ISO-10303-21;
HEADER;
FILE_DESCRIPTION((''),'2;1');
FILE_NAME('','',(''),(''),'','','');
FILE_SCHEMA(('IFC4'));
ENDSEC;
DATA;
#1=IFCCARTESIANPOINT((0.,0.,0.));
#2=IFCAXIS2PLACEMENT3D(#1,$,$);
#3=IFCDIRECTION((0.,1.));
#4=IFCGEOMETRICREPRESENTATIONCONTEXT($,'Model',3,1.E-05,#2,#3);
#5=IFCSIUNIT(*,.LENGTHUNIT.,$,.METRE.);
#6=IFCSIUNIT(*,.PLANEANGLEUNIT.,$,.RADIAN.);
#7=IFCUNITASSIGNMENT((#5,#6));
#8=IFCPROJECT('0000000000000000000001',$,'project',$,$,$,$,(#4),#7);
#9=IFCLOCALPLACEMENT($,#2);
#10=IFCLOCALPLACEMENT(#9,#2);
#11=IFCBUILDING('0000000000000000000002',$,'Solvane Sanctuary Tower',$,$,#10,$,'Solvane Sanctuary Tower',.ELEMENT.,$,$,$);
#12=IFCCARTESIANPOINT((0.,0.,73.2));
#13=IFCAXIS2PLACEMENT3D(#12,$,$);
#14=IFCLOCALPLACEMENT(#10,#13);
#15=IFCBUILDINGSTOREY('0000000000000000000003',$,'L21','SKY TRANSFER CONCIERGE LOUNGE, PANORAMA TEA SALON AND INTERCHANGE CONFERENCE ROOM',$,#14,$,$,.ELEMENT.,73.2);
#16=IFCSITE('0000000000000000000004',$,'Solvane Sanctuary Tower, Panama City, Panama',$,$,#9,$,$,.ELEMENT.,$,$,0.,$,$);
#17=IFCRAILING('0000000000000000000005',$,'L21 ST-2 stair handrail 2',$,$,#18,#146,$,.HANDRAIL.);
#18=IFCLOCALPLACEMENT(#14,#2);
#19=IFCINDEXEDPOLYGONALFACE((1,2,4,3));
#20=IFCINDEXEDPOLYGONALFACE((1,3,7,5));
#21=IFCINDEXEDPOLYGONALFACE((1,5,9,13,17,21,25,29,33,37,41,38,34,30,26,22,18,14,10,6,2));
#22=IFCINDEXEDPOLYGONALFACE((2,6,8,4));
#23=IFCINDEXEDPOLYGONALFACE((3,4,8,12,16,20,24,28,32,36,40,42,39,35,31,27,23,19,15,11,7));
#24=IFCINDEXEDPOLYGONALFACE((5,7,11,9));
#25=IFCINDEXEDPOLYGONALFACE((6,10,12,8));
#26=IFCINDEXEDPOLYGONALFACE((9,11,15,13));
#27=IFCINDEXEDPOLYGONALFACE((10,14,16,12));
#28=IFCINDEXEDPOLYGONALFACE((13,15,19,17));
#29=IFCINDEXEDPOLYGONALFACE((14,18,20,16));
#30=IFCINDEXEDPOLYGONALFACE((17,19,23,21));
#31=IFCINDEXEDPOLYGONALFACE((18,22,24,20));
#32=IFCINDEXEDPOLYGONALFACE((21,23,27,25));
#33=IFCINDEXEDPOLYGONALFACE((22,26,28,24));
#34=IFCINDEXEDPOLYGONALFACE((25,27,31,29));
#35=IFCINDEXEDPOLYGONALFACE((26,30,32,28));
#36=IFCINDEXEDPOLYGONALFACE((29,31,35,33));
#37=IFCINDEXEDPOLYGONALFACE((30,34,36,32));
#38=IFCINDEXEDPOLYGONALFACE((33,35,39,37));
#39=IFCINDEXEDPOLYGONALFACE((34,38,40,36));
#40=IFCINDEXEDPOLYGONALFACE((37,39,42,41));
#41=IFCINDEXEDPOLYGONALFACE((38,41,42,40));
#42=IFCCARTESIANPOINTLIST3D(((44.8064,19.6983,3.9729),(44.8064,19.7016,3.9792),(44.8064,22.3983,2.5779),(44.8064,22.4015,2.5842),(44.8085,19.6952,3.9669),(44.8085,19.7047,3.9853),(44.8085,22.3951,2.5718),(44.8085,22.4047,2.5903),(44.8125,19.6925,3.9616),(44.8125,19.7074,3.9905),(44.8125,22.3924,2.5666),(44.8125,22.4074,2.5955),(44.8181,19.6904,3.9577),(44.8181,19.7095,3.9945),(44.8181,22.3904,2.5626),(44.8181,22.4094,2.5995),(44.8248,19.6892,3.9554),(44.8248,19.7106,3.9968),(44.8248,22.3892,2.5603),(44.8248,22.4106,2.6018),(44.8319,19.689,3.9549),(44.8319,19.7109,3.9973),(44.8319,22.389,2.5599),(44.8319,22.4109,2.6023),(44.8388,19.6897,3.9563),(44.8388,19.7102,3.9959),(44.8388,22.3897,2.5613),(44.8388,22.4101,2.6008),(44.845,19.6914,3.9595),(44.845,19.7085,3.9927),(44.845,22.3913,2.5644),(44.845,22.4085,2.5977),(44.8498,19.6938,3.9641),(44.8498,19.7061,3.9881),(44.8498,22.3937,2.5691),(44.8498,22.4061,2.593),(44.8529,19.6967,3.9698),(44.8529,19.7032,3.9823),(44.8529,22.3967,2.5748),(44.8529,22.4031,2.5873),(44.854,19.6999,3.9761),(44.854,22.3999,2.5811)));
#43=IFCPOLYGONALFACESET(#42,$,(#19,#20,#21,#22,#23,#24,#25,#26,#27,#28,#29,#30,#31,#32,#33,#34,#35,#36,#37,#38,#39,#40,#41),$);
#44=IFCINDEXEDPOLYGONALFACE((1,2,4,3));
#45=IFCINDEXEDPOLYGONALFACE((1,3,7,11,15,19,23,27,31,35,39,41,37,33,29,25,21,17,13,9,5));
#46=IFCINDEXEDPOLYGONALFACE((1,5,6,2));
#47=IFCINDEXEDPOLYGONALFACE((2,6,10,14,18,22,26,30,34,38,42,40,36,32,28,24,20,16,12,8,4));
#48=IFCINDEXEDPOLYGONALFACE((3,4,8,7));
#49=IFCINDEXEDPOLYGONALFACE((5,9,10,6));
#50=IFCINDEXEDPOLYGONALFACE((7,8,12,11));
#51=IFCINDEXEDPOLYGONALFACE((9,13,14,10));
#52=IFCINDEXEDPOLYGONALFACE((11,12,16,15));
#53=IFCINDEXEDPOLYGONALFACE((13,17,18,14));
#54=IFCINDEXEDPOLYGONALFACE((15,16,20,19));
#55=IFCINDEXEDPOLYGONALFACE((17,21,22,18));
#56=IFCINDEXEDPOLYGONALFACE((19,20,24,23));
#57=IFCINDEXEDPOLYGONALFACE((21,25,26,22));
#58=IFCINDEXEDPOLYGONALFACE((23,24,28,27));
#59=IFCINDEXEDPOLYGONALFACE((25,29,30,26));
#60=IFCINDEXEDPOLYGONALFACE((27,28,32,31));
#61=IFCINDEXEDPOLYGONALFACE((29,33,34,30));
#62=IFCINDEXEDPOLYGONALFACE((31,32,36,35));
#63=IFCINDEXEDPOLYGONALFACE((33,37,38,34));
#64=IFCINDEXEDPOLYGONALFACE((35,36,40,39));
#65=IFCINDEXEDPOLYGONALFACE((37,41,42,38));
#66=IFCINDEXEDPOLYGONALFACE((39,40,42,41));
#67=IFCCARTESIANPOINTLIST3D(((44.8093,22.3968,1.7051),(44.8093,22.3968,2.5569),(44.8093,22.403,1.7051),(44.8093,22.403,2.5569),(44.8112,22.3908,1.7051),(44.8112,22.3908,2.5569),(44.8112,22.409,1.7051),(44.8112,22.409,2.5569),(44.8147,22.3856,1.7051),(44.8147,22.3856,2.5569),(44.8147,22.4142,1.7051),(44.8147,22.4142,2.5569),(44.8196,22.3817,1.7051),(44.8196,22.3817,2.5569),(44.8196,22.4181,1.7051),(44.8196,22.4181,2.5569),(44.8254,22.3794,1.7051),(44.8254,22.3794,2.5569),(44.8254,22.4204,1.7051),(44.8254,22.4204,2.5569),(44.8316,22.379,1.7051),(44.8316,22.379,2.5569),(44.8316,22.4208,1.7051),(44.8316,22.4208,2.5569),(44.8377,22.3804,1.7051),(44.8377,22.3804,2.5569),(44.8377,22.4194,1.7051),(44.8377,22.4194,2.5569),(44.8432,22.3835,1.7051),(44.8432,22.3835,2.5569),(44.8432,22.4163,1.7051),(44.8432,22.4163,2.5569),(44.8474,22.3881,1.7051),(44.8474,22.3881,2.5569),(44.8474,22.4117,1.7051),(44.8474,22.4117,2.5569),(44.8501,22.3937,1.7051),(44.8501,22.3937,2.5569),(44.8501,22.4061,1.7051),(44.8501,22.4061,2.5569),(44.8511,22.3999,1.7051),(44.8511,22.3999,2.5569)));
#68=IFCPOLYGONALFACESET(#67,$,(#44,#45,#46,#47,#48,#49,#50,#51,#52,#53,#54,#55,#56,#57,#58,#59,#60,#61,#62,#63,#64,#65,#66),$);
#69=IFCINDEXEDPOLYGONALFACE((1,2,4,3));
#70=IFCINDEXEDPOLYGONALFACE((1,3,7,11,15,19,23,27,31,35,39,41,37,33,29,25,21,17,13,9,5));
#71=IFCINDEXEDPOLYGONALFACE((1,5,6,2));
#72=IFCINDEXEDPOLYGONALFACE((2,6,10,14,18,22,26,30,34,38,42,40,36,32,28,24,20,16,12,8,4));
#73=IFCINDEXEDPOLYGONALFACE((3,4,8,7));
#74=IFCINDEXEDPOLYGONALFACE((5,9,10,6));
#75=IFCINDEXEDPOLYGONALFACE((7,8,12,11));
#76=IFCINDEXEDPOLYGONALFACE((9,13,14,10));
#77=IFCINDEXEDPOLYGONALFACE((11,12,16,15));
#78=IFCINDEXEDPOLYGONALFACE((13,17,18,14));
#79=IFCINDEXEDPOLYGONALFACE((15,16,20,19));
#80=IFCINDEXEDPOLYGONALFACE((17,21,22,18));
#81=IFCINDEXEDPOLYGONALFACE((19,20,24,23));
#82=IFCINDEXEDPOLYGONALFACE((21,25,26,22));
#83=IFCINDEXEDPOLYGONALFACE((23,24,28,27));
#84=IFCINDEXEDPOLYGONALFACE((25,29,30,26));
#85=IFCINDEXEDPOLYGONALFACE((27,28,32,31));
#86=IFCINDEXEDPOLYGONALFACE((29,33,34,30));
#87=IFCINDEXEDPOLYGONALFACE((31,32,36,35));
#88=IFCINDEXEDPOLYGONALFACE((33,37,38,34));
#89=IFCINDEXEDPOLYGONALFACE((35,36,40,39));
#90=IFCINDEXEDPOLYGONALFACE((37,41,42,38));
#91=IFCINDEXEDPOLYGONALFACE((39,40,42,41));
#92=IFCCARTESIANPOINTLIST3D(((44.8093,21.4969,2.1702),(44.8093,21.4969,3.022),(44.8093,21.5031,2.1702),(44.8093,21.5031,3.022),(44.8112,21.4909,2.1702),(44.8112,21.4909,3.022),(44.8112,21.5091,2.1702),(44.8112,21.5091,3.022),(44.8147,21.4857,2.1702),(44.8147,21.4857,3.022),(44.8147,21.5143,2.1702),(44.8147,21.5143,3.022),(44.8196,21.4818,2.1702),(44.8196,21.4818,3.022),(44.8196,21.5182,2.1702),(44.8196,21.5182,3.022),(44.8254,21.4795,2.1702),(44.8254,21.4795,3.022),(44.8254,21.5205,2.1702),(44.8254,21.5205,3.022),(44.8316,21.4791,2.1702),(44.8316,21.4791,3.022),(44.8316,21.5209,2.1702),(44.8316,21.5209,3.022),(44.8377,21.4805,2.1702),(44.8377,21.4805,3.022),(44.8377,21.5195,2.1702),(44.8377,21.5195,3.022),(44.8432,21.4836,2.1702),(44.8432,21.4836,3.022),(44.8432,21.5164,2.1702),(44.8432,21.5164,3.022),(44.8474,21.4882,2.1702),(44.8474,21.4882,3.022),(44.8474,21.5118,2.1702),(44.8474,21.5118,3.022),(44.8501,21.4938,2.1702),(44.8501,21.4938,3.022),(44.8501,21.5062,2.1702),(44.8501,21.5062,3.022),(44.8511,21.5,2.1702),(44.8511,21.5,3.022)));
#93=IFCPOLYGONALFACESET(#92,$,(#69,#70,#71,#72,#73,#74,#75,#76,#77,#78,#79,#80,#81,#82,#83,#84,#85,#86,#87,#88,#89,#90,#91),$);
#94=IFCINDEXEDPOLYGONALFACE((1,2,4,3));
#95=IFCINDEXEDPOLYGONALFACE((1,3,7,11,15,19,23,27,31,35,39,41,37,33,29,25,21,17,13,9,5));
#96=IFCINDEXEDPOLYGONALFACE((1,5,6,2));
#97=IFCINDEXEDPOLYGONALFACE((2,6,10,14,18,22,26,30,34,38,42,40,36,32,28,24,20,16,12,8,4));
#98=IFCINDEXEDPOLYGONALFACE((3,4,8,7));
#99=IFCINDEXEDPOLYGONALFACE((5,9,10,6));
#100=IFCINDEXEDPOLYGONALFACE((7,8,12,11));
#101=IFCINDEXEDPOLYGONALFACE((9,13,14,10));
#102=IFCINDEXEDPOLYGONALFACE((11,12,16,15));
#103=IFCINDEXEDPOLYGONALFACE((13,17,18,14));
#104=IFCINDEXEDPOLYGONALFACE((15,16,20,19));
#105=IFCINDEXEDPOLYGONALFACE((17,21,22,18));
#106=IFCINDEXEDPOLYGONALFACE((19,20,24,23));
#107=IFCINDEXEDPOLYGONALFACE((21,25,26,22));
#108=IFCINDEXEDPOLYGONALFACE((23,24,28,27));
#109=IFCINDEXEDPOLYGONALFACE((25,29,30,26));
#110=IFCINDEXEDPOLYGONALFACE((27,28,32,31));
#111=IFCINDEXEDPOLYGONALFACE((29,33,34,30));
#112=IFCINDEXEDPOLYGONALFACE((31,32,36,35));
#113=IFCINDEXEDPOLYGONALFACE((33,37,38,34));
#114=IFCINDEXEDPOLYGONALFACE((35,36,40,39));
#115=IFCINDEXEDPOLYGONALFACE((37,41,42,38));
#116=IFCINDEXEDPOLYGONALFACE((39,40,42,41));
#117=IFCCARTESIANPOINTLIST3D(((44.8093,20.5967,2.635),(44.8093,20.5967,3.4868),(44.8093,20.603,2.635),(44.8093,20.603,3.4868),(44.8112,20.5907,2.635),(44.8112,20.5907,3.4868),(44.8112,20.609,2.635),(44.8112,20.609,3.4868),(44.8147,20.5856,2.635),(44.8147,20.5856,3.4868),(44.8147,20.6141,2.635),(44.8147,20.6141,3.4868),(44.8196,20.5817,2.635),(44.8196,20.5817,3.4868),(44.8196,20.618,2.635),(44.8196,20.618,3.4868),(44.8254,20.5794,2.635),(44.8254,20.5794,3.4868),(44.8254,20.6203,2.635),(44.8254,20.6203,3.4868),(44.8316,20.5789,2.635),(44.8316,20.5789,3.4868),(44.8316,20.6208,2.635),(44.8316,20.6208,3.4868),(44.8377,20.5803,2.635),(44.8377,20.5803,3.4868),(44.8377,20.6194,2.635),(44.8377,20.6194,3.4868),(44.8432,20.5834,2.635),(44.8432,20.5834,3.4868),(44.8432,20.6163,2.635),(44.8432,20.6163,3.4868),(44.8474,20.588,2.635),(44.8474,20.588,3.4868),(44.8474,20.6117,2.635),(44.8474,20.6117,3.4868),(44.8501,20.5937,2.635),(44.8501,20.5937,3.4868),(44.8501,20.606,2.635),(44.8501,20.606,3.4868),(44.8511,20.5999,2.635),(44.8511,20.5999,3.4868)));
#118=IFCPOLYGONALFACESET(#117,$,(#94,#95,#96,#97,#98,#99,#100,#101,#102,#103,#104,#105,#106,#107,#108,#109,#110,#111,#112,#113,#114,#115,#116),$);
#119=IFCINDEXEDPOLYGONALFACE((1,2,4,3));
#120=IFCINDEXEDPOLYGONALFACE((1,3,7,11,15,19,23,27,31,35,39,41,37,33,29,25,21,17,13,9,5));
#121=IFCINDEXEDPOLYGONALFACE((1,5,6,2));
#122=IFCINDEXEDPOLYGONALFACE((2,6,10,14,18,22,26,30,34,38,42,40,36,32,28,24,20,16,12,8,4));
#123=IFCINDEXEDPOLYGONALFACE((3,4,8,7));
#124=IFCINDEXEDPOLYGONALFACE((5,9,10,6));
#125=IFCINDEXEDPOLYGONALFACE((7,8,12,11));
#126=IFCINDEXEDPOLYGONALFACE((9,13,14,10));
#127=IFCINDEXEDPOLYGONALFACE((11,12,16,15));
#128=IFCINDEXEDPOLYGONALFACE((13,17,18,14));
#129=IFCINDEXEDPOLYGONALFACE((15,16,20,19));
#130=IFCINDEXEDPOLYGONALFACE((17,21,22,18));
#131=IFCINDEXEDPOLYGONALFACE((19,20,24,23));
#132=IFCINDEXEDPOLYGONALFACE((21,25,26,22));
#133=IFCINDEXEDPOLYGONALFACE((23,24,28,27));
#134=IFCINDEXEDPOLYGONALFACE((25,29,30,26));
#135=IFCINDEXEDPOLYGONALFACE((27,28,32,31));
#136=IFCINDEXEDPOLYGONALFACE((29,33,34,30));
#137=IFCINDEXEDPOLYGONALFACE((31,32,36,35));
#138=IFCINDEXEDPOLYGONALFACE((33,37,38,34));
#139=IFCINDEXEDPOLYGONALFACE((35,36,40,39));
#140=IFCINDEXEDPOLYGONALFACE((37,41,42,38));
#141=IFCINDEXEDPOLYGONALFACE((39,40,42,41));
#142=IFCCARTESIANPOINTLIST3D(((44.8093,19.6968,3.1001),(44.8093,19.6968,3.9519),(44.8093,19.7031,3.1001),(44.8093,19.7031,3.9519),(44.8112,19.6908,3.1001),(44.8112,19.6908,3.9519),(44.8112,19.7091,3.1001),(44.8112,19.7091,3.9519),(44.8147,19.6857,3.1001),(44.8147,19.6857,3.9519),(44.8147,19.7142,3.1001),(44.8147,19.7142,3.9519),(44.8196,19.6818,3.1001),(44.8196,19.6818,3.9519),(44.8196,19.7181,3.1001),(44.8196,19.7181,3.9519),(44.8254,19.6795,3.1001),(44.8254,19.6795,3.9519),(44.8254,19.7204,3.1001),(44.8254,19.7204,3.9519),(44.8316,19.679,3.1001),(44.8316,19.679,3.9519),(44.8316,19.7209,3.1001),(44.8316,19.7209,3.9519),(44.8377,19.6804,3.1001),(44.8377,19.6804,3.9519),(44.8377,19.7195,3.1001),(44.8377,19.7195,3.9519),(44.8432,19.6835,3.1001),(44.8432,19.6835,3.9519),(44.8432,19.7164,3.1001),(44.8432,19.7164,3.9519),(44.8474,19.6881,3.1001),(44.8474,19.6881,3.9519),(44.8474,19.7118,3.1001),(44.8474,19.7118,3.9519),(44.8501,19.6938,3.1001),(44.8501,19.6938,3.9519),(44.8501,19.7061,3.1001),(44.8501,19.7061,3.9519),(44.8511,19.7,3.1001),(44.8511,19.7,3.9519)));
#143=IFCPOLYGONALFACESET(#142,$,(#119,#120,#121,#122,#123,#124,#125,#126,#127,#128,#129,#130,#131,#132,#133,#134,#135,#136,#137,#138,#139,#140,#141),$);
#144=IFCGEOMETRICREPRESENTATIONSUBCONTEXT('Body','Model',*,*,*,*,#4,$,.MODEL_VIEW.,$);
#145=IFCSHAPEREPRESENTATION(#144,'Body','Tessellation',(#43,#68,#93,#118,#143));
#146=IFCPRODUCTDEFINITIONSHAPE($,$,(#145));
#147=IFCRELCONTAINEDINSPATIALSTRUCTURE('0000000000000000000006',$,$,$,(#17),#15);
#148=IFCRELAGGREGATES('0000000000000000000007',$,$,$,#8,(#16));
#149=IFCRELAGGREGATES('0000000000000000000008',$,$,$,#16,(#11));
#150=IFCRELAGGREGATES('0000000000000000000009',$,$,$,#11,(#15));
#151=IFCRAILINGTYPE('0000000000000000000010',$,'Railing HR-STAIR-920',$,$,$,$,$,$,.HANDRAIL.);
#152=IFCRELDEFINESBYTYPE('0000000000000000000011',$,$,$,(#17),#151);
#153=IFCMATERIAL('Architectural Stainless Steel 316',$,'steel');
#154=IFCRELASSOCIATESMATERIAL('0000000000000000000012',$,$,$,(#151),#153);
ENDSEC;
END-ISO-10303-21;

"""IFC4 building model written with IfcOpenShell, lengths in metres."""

from ifc_helpers import new_model, si_unit, direction, frame, origin, origin_2d, place, context, subcontext, project, spatial, circle, extrude, material, type_object, element, save


model = new_model("IFC4")

# Units and contexts
model_context = context("Model", 3, precision=1e-05, world=origin(), true_north=direction((0.0, 1.0)))
body_context = subcontext(model_context, "Body", "Model", "MODEL_VIEW")
ifc_project = project(units=[si_unit("LENGTHUNIT", "METRE"), si_unit("PLANEANGLEUNIT", "RADIAN")], contexts=[model_context])

# Site, building, storey
site_placement = place(None, origin())
site = spatial("IfcSite", under=ifc_project, at=site_placement, Name="Solvane Sanctuary Tower, Panama City, Panama", CompositionType="ELEMENT", RefElevation=0.0)
building_placement = place(site_placement, origin())
building = spatial("IfcBuilding", under=site, at=building_placement, Name="Solvane Sanctuary Tower", LongName="Solvane Sanctuary Tower", CompositionType="ELEMENT")
storey_placement = place(building_placement, frame((0.0, 0.0, 73.2)))
storey = spatial("IfcBuildingStorey", under=building, at=storey_placement, Name="L21", Description="SKY TRANSFER CONCIERGE LOUNGE, PANORAMA TEA SALON AND INTERCHANGE CONFERENCE ROOM", CompositionType="ELEMENT", Elevation=73.2)

# Shared definitions
ifc_material_1 = material(Name="Architectural Stainless Steel 316", Category="steel")

# Railing
railing_type_1 = type_object("IfcRailingType", Name="Railing HR-STAIR-920", PredefinedType="HANDRAIL", material=ifc_material_1)
railing_1_placement = place(storey_placement, frame((44.8301, 22.3999, 1.7051)))
element("IfcRailing", 1, at=railing_1_placement, inside=storey, type_object=railing_type_1, Name="L21 ST-2 stair handrail 2", PredefinedType="HANDRAIL", context=body_context, shape_type="SweptSolid", body=[
    extrude(circle(Radius=0.0239, at=origin_2d()), frame((0.0, 0.0, 0.876), z_axis=(0.0, -0.88842, 0.459032), x_axis=(1.0, 0.0, 0.0)), (0.0, 0.0, 1.0), 3.0391),
    extrude(circle(Radius=0.021, at=origin_2d()), origin(), (0.0, 0.0, 1.0), 0.8518),
    extrude(circle(Radius=0.021, at=origin_2d()), frame((0.0, -0.8999, 0.4651)), (0.0, 0.0, 1.0), 0.8518),
    extrude(circle(Radius=0.021, at=origin_2d()), frame((0.0, -1.8, 0.9299)), (0.0, 0.0, 1.0), 0.8518),
    extrude(circle(Radius=0.021, at=origin_2d()), frame((0.0, -2.7, 1.395)), (0.0, 0.0, 1.0), 0.8518),
])

save(model, "model.ifc")
